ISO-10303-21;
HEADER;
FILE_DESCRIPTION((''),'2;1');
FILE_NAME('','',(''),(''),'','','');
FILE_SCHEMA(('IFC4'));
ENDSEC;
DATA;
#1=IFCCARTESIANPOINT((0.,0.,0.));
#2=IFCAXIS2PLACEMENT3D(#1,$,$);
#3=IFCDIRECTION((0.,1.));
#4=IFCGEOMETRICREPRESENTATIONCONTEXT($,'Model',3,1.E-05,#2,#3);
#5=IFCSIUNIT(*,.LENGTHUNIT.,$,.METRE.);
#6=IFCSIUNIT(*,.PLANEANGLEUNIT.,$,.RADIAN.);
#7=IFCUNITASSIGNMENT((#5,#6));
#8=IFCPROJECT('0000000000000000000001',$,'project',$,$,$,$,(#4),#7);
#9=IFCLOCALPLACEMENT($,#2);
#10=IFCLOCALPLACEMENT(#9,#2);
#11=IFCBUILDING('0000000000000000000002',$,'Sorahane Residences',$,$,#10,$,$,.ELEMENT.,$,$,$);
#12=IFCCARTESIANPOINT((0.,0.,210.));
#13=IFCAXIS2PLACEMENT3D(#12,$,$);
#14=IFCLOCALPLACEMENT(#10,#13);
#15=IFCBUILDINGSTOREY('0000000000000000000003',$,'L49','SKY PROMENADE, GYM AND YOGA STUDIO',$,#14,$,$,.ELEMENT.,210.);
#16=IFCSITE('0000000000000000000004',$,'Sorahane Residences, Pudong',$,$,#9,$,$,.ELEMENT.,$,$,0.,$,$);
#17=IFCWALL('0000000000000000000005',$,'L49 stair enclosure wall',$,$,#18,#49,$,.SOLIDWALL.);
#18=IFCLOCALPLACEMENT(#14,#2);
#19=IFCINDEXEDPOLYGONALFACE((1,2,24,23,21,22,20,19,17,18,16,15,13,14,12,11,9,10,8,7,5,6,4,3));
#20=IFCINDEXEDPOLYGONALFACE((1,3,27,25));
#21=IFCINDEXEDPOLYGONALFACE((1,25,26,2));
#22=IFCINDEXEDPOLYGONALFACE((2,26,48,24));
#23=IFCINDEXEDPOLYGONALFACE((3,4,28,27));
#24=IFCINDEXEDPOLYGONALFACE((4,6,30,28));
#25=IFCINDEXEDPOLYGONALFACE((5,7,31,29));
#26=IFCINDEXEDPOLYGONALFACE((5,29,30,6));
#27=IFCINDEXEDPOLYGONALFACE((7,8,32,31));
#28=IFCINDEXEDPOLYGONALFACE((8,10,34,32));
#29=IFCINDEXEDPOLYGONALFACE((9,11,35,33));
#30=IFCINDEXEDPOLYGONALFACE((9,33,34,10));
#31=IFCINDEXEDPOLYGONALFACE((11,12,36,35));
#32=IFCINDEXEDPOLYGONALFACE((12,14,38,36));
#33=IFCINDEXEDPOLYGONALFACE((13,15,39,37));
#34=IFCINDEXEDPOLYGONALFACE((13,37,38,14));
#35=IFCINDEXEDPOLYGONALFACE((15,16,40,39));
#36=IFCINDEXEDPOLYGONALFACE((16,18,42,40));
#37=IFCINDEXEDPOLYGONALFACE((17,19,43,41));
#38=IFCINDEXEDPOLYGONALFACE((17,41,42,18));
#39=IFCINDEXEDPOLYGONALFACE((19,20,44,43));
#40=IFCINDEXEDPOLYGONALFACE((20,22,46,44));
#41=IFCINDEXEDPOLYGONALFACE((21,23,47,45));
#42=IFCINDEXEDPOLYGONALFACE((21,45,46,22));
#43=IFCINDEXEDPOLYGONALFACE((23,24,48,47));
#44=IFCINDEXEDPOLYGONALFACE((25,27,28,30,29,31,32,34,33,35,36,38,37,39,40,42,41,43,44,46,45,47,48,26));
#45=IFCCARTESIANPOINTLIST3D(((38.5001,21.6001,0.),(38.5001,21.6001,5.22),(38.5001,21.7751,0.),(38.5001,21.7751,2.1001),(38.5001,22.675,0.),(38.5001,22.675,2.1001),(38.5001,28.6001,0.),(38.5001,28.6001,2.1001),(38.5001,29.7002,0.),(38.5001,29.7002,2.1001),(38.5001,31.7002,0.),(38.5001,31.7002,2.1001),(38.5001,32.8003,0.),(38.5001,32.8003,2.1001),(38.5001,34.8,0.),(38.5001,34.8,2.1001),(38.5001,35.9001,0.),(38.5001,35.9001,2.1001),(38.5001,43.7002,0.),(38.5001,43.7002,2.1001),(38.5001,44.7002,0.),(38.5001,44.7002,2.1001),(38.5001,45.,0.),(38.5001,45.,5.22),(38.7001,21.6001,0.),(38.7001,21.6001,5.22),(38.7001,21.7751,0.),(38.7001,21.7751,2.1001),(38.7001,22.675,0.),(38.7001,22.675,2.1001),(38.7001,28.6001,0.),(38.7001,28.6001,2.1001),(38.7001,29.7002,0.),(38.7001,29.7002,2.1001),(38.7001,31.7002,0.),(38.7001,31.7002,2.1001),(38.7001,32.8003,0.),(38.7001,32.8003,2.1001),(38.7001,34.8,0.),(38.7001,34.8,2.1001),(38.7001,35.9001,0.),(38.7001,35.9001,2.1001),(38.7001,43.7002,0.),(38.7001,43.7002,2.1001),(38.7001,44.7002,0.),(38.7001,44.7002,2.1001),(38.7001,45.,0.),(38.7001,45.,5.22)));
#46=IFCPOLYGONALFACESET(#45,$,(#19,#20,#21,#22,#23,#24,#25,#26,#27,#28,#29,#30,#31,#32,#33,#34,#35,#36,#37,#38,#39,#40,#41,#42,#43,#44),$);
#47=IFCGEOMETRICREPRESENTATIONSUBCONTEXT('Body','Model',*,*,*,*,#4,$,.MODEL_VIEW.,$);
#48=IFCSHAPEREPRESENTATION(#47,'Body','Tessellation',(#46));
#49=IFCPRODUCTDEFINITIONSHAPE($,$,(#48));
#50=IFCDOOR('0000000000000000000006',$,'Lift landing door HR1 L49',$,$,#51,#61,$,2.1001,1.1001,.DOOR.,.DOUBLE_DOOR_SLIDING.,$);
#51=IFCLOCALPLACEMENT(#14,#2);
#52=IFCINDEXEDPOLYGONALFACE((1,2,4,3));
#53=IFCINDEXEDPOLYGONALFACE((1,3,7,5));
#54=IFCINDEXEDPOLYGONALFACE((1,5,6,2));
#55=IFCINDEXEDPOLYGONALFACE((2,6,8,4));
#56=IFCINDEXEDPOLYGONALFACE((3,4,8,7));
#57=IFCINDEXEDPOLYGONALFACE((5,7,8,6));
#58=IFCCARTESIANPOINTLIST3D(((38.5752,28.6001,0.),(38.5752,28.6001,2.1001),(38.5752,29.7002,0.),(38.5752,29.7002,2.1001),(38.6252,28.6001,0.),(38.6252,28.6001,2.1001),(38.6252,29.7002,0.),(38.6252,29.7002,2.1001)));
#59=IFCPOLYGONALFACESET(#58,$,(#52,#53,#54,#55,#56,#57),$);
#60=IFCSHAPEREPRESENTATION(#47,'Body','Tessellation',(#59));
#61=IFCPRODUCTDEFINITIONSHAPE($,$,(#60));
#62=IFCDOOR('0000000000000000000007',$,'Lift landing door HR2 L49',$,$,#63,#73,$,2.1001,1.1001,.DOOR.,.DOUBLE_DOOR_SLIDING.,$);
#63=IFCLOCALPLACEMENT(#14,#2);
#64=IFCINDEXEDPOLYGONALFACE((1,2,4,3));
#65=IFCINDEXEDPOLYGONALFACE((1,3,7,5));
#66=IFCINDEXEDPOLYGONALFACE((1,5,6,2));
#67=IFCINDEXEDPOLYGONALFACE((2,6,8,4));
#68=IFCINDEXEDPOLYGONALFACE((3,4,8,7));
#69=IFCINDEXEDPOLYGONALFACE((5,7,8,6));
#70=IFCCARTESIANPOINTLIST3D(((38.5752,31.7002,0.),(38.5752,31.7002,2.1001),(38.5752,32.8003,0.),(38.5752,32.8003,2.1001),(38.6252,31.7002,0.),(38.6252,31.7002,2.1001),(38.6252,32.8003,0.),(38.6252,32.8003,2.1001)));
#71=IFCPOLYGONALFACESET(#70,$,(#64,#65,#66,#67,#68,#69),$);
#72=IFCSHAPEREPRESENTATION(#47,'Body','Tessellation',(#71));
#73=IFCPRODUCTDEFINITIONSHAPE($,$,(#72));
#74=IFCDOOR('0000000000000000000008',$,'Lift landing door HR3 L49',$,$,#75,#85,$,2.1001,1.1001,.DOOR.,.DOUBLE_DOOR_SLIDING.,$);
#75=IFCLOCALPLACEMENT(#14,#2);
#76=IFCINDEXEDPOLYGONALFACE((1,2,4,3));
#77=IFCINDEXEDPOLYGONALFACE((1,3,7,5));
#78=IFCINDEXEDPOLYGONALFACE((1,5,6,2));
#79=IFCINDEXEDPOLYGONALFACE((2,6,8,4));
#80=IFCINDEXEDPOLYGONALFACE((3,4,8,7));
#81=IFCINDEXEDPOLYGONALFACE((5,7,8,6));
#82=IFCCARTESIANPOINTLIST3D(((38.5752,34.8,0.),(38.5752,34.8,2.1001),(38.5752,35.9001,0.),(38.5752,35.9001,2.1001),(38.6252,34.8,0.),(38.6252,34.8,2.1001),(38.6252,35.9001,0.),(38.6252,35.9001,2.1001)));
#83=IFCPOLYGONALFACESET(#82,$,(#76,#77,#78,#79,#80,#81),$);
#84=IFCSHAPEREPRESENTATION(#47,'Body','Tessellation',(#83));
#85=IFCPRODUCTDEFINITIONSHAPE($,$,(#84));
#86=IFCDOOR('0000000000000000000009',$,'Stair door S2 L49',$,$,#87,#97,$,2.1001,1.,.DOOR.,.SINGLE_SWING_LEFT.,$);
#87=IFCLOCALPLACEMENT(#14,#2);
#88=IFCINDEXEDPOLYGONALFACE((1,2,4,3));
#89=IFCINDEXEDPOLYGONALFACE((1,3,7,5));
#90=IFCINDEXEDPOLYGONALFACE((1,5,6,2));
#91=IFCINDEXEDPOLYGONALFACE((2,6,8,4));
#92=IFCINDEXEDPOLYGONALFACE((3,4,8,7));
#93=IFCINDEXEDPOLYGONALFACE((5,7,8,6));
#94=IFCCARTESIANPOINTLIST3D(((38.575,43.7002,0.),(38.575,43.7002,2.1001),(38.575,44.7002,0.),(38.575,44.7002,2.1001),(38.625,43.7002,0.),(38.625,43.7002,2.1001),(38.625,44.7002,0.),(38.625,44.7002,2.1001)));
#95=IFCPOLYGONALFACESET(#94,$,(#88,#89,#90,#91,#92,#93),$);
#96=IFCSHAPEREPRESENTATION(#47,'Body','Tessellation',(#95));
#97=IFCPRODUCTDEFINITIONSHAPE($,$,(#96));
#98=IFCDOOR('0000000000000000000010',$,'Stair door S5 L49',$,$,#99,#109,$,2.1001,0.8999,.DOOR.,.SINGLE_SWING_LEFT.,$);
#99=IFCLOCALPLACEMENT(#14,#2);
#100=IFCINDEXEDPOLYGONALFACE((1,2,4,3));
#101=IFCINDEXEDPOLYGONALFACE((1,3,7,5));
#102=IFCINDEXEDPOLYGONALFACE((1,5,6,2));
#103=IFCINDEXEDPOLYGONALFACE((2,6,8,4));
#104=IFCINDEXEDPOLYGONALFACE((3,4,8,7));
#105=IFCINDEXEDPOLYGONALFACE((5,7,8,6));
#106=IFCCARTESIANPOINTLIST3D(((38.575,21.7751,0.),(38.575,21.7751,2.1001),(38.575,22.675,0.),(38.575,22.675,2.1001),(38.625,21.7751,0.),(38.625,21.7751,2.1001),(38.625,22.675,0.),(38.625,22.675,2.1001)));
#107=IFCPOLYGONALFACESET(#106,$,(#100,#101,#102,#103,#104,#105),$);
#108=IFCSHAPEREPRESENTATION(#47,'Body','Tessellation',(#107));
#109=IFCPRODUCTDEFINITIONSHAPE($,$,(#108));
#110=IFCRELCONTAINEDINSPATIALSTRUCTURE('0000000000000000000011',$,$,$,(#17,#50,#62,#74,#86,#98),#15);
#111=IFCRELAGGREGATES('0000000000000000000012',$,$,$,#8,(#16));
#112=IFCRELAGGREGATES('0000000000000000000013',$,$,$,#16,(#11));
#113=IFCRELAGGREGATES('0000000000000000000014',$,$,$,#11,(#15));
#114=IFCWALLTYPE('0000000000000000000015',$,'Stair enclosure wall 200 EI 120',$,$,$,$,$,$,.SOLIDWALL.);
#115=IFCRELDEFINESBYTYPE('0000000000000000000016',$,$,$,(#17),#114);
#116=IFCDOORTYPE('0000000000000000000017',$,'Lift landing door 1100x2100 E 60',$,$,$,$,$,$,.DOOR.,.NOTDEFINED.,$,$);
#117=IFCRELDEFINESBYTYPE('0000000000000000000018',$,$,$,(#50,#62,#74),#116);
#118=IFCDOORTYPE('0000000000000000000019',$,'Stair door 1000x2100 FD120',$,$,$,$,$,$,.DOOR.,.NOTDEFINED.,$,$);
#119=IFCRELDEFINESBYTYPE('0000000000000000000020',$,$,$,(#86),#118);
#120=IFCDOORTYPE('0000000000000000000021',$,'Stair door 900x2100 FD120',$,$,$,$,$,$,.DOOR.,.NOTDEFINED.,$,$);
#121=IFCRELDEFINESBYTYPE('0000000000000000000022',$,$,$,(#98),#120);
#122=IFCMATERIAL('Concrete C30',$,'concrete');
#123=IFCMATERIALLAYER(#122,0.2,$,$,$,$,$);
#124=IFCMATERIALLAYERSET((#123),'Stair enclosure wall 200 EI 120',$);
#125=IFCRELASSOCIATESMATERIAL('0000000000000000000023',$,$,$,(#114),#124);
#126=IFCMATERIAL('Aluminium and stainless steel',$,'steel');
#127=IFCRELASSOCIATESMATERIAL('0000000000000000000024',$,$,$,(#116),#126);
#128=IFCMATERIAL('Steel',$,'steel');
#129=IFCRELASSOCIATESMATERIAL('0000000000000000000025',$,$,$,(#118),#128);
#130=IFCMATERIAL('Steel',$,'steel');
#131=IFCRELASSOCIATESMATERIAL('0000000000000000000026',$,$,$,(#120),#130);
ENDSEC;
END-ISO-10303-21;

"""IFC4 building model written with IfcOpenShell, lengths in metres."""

from ifc_helpers import new_model, si_unit, direction, frame, frame_2d, origin, place, context, subcontext, project, spatial, rectangle, extrude, material, layer, layer_set, type_object, element, fill, save


model = new_model("IFC4")

# Units and contexts
model_context = context("Model", 3, precision=1e-05, world=origin(), true_north=direction((0.0, 1.0)))
body_context = subcontext(model_context, "Body", "Model", "MODEL_VIEW")
ifc_project = project(units=[si_unit("LENGTHUNIT", "METRE"), si_unit("PLANEANGLEUNIT", "RADIAN")], contexts=[model_context])

# Site, building, storey
site_placement = place(None, origin())
site = spatial("IfcSite", under=ifc_project, at=site_placement, Name="Sorahane Residences, Pudong", CompositionType="ELEMENT", RefElevation=0.0)
building_placement = place(site_placement, origin())
building = spatial("IfcBuilding", under=site, at=building_placement, Name="Sorahane Residences", CompositionType="ELEMENT")
storey_placement = place(building_placement, frame((0.0, 0.0, 210.0)))
storey = spatial("IfcBuildingStorey", under=building, at=storey_placement, Name="L49", Description="SKY PROMENADE, GYM AND YOGA STUDIO", CompositionType="ELEMENT", Elevation=210.0)

# Wall, openings, doors
ifc_material_1 = material(Name="Concrete C30", Category="concrete")
ifc_layer_1 = layer(ifc_material_1, 0.2)
ifc_layer_set_1 = layer_set([ifc_layer_1], Name="Stair enclosure wall 200 EI 120")
wall_type_1 = type_object("IfcWallType", Name="Stair enclosure wall 200 EI 120", PredefinedType="SOLIDWALL", material=ifc_layer_set_1)
wall_1_placement = place(storey_placement, frame((38.6001, 21.6001, 0.0), z_axis=(0.0, 0.0, 1.0), x_axis=(0.0, 1.0, 0.0)))
wall_1 = element("IfcWall", 1, at=wall_1_placement, inside=storey, type_object=wall_type_1, Name="L49 stair enclosure wall", PredefinedType="SOLIDWALL", context=body_context, shape_type="SweptSolid", body=[
    extrude(rectangle(XDim=23.3999, YDim=0.2, at=frame_2d((11.7, 0.0))), origin(), (0.0, 0.0, 1.0), 5.22),
])
opening_1_placement = place(wall_1_placement, frame((7.0, 0.0, 0.0)))
opening_1 = element("IfcOpeningElement", 2, at=opening_1_placement, cuts=wall_1, PredefinedType="OPENING", context=body_context, shape_type="SweptSolid", body=[
    extrude(rectangle(XDim=1.1001, YDim=2.1001, at=frame_2d((0.55, 1.05))), frame((0.0, 0.1099, 0.0), z_axis=(0.0, -1.0, 0.0), x_axis=(1.0, 0.0, 0.0)), (0.0, 0.0, 1.0), 0.22),
])
opening_2_placement = place(wall_1_placement, frame((10.1001, 0.0, 0.0)))
opening_2 = element("IfcOpeningElement", 3, at=opening_2_placement, cuts=wall_1, PredefinedType="OPENING", context=body_context, shape_type="SweptSolid", body=[
    extrude(rectangle(XDim=1.1001, YDim=2.1001, at=frame_2d((0.55, 1.05))), frame((0.0, 0.1099, 0.0), z_axis=(0.0, -1.0, 0.0), x_axis=(1.0, 0.0, 0.0)), (0.0, 0.0, 1.0), 0.22),
])
opening_3_placement = place(wall_1_placement, frame((13.2, 0.0, 0.0)))
opening_3 = element("IfcOpeningElement", 4, at=opening_3_placement, cuts=wall_1, PredefinedType="OPENING", context=body_context, shape_type="SweptSolid", body=[
    extrude(rectangle(XDim=1.1001, YDim=2.1001, at=frame_2d((0.55, 1.05))), frame((0.0, 0.1099, 0.0), z_axis=(0.0, -1.0, 0.0), x_axis=(1.0, 0.0, 0.0)), (0.0, 0.0, 1.0), 0.22),
])
opening_4_placement = place(wall_1_placement, frame((22.1001, 0.0, 0.0)))
opening_4 = element("IfcOpeningElement", 5, at=opening_4_placement, cuts=wall_1, PredefinedType="OPENING", context=body_context, shape_type="SweptSolid", body=[
    extrude(rectangle(XDim=1.0, YDim=2.1001, at=frame_2d((0.5, 1.05))), frame((0.0, 0.1099, 0.0), z_axis=(0.0, -1.0, 0.0), x_axis=(1.0, 0.0, 0.0)), (0.0, 0.0, 1.0), 0.22),
])
opening_5_placement = place(wall_1_placement, frame((0.175, 0.0, 0.0)))
opening_5 = element("IfcOpeningElement", 6, at=opening_5_placement, cuts=wall_1, PredefinedType="OPENING", context=body_context, shape_type="SweptSolid", body=[
    extrude(rectangle(XDim=0.8999, YDim=2.1001, at=frame_2d((0.45, 1.05))), frame((0.0, 0.1099, 0.0), z_axis=(0.0, -1.0, 0.0), x_axis=(1.0, 0.0, 0.0)), (0.0, 0.0, 1.0), 0.22),
])
ifc_material_2 = material(Name="Aluminium and stainless steel", Category="steel")
door_type_1 = type_object("IfcDoorType", Name="Lift landing door 1100x2100 E 60", OperationType="NOTDEFINED", PredefinedType="DOOR", material=ifc_material_2)
door_1_placement = place(opening_1_placement, origin())
door_1 = element("IfcDoor", 7, at=door_1_placement, inside=storey, type_object=door_type_1, Name="Lift landing door HR1 L49", OperationType="DOUBLE_DOOR_SLIDING", OverallHeight=2.1001, OverallWidth=1.1001, PredefinedType="DOOR", context=body_context, shape_type="SweptSolid", body=[
    extrude(rectangle(XDim=1.1001, YDim=2.1001, at=frame_2d((0.55, 1.05))), frame((0.0, 0.0249, 0.0), z_axis=(0.0, -1.0, 0.0), x_axis=(1.0, 0.0, 0.0)), (0.0, 0.0, 1.0), 0.05),
])
fill(opening_1, door_1)
door_2_placement = place(opening_2_placement, origin())
door_2 = element("IfcDoor", 8, at=door_2_placement, inside=storey, type_object=door_type_1, Name="Lift landing door HR2 L49", OperationType="DOUBLE_DOOR_SLIDING", OverallHeight=2.1001, OverallWidth=1.1001, PredefinedType="DOOR", context=body_context, shape_type="SweptSolid", body=[
    extrude(rectangle(XDim=1.1001, YDim=2.1001, at=frame_2d((0.55, 1.05))), frame((0.0, 0.0249, 0.0), z_axis=(0.0, -1.0, 0.0), x_axis=(1.0, 0.0, 0.0)), (0.0, 0.0, 1.0), 0.05),
])
fill(opening_2, door_2)
door_3_placement = place(opening_3_placement, origin())
door_3 = element("IfcDoor", 9, at=door_3_placement, inside=storey, type_object=door_type_1, Name="Lift landing door HR3 L49", OperationType="DOUBLE_DOOR_SLIDING", OverallHeight=2.1001, OverallWidth=1.1001, PredefinedType="DOOR", context=body_context, shape_type="SweptSolid", body=[
    extrude(rectangle(XDim=1.1001, YDim=2.1001, at=frame_2d((0.55, 1.05))), frame((0.0, 0.0249, 0.0), z_axis=(0.0, -1.0, 0.0), x_axis=(1.0, 0.0, 0.0)), (0.0, 0.0, 1.0), 0.05),
])
fill(opening_3, door_3)
ifc_material_3 = material(Name="Steel", Category="steel")
door_type_2 = type_object("IfcDoorType", Name="Stair door 1000x2100 FD120", OperationType="NOTDEFINED", PredefinedType="DOOR", material=ifc_material_3)
door_4_placement = place(opening_4_placement, frame((1.0, 0.0, 0.0), z_axis=(0.0, 0.0, 1.0), x_axis=(-1.0, 0.0, 0.0)))
door_4 = element("IfcDoor", 10, at=door_4_placement, inside=storey, type_object=door_type_2, Name="Stair door S2 L49", OperationType="SINGLE_SWING_LEFT", OverallHeight=2.1001, OverallWidth=1.0, PredefinedType="DOOR", context=body_context, shape_type="SweptSolid", body=[
    extrude(rectangle(XDim=1.0, YDim=2.1001, at=frame_2d((0.5, 1.05))), frame((0.0, 0.0249, 0.0), z_axis=(0.0, -1.0, 0.0), x_axis=(1.0, 0.0, 0.0)), (0.0, 0.0, 1.0), 0.05),
])
fill(opening_4, door_4)
ifc_material_4 = material(Name="Steel", Category="steel")
door_type_3 = type_object("IfcDoorType", Name="Stair door 900x2100 FD120", OperationType="NOTDEFINED", PredefinedType="DOOR", material=ifc_material_4)
door_5_placement = place(opening_5_placement, frame((0.8999, 0.0, 0.0), z_axis=(0.0, 0.0, 1.0), x_axis=(-1.0, 0.0, 0.0)))
door_5 = element("IfcDoor", 11, at=door_5_placement, inside=storey, type_object=door_type_3, Name="Stair door S5 L49", OperationType="SINGLE_SWING_LEFT", OverallHeight=2.1001, OverallWidth=0.8999, PredefinedType="DOOR", context=body_context, shape_type="SweptSolid", body=[
    extrude(rectangle(XDim=0.8999, YDim=2.1001, at=frame_2d((0.45, 1.05))), frame((0.0, 0.0249, 0.0), z_axis=(0.0, -1.0, 0.0), x_axis=(1.0, 0.0, 0.0)), (0.0, 0.0, 1.0), 0.05),
])
fill(opening_5, door_5)

save(model, "model.ifc")
